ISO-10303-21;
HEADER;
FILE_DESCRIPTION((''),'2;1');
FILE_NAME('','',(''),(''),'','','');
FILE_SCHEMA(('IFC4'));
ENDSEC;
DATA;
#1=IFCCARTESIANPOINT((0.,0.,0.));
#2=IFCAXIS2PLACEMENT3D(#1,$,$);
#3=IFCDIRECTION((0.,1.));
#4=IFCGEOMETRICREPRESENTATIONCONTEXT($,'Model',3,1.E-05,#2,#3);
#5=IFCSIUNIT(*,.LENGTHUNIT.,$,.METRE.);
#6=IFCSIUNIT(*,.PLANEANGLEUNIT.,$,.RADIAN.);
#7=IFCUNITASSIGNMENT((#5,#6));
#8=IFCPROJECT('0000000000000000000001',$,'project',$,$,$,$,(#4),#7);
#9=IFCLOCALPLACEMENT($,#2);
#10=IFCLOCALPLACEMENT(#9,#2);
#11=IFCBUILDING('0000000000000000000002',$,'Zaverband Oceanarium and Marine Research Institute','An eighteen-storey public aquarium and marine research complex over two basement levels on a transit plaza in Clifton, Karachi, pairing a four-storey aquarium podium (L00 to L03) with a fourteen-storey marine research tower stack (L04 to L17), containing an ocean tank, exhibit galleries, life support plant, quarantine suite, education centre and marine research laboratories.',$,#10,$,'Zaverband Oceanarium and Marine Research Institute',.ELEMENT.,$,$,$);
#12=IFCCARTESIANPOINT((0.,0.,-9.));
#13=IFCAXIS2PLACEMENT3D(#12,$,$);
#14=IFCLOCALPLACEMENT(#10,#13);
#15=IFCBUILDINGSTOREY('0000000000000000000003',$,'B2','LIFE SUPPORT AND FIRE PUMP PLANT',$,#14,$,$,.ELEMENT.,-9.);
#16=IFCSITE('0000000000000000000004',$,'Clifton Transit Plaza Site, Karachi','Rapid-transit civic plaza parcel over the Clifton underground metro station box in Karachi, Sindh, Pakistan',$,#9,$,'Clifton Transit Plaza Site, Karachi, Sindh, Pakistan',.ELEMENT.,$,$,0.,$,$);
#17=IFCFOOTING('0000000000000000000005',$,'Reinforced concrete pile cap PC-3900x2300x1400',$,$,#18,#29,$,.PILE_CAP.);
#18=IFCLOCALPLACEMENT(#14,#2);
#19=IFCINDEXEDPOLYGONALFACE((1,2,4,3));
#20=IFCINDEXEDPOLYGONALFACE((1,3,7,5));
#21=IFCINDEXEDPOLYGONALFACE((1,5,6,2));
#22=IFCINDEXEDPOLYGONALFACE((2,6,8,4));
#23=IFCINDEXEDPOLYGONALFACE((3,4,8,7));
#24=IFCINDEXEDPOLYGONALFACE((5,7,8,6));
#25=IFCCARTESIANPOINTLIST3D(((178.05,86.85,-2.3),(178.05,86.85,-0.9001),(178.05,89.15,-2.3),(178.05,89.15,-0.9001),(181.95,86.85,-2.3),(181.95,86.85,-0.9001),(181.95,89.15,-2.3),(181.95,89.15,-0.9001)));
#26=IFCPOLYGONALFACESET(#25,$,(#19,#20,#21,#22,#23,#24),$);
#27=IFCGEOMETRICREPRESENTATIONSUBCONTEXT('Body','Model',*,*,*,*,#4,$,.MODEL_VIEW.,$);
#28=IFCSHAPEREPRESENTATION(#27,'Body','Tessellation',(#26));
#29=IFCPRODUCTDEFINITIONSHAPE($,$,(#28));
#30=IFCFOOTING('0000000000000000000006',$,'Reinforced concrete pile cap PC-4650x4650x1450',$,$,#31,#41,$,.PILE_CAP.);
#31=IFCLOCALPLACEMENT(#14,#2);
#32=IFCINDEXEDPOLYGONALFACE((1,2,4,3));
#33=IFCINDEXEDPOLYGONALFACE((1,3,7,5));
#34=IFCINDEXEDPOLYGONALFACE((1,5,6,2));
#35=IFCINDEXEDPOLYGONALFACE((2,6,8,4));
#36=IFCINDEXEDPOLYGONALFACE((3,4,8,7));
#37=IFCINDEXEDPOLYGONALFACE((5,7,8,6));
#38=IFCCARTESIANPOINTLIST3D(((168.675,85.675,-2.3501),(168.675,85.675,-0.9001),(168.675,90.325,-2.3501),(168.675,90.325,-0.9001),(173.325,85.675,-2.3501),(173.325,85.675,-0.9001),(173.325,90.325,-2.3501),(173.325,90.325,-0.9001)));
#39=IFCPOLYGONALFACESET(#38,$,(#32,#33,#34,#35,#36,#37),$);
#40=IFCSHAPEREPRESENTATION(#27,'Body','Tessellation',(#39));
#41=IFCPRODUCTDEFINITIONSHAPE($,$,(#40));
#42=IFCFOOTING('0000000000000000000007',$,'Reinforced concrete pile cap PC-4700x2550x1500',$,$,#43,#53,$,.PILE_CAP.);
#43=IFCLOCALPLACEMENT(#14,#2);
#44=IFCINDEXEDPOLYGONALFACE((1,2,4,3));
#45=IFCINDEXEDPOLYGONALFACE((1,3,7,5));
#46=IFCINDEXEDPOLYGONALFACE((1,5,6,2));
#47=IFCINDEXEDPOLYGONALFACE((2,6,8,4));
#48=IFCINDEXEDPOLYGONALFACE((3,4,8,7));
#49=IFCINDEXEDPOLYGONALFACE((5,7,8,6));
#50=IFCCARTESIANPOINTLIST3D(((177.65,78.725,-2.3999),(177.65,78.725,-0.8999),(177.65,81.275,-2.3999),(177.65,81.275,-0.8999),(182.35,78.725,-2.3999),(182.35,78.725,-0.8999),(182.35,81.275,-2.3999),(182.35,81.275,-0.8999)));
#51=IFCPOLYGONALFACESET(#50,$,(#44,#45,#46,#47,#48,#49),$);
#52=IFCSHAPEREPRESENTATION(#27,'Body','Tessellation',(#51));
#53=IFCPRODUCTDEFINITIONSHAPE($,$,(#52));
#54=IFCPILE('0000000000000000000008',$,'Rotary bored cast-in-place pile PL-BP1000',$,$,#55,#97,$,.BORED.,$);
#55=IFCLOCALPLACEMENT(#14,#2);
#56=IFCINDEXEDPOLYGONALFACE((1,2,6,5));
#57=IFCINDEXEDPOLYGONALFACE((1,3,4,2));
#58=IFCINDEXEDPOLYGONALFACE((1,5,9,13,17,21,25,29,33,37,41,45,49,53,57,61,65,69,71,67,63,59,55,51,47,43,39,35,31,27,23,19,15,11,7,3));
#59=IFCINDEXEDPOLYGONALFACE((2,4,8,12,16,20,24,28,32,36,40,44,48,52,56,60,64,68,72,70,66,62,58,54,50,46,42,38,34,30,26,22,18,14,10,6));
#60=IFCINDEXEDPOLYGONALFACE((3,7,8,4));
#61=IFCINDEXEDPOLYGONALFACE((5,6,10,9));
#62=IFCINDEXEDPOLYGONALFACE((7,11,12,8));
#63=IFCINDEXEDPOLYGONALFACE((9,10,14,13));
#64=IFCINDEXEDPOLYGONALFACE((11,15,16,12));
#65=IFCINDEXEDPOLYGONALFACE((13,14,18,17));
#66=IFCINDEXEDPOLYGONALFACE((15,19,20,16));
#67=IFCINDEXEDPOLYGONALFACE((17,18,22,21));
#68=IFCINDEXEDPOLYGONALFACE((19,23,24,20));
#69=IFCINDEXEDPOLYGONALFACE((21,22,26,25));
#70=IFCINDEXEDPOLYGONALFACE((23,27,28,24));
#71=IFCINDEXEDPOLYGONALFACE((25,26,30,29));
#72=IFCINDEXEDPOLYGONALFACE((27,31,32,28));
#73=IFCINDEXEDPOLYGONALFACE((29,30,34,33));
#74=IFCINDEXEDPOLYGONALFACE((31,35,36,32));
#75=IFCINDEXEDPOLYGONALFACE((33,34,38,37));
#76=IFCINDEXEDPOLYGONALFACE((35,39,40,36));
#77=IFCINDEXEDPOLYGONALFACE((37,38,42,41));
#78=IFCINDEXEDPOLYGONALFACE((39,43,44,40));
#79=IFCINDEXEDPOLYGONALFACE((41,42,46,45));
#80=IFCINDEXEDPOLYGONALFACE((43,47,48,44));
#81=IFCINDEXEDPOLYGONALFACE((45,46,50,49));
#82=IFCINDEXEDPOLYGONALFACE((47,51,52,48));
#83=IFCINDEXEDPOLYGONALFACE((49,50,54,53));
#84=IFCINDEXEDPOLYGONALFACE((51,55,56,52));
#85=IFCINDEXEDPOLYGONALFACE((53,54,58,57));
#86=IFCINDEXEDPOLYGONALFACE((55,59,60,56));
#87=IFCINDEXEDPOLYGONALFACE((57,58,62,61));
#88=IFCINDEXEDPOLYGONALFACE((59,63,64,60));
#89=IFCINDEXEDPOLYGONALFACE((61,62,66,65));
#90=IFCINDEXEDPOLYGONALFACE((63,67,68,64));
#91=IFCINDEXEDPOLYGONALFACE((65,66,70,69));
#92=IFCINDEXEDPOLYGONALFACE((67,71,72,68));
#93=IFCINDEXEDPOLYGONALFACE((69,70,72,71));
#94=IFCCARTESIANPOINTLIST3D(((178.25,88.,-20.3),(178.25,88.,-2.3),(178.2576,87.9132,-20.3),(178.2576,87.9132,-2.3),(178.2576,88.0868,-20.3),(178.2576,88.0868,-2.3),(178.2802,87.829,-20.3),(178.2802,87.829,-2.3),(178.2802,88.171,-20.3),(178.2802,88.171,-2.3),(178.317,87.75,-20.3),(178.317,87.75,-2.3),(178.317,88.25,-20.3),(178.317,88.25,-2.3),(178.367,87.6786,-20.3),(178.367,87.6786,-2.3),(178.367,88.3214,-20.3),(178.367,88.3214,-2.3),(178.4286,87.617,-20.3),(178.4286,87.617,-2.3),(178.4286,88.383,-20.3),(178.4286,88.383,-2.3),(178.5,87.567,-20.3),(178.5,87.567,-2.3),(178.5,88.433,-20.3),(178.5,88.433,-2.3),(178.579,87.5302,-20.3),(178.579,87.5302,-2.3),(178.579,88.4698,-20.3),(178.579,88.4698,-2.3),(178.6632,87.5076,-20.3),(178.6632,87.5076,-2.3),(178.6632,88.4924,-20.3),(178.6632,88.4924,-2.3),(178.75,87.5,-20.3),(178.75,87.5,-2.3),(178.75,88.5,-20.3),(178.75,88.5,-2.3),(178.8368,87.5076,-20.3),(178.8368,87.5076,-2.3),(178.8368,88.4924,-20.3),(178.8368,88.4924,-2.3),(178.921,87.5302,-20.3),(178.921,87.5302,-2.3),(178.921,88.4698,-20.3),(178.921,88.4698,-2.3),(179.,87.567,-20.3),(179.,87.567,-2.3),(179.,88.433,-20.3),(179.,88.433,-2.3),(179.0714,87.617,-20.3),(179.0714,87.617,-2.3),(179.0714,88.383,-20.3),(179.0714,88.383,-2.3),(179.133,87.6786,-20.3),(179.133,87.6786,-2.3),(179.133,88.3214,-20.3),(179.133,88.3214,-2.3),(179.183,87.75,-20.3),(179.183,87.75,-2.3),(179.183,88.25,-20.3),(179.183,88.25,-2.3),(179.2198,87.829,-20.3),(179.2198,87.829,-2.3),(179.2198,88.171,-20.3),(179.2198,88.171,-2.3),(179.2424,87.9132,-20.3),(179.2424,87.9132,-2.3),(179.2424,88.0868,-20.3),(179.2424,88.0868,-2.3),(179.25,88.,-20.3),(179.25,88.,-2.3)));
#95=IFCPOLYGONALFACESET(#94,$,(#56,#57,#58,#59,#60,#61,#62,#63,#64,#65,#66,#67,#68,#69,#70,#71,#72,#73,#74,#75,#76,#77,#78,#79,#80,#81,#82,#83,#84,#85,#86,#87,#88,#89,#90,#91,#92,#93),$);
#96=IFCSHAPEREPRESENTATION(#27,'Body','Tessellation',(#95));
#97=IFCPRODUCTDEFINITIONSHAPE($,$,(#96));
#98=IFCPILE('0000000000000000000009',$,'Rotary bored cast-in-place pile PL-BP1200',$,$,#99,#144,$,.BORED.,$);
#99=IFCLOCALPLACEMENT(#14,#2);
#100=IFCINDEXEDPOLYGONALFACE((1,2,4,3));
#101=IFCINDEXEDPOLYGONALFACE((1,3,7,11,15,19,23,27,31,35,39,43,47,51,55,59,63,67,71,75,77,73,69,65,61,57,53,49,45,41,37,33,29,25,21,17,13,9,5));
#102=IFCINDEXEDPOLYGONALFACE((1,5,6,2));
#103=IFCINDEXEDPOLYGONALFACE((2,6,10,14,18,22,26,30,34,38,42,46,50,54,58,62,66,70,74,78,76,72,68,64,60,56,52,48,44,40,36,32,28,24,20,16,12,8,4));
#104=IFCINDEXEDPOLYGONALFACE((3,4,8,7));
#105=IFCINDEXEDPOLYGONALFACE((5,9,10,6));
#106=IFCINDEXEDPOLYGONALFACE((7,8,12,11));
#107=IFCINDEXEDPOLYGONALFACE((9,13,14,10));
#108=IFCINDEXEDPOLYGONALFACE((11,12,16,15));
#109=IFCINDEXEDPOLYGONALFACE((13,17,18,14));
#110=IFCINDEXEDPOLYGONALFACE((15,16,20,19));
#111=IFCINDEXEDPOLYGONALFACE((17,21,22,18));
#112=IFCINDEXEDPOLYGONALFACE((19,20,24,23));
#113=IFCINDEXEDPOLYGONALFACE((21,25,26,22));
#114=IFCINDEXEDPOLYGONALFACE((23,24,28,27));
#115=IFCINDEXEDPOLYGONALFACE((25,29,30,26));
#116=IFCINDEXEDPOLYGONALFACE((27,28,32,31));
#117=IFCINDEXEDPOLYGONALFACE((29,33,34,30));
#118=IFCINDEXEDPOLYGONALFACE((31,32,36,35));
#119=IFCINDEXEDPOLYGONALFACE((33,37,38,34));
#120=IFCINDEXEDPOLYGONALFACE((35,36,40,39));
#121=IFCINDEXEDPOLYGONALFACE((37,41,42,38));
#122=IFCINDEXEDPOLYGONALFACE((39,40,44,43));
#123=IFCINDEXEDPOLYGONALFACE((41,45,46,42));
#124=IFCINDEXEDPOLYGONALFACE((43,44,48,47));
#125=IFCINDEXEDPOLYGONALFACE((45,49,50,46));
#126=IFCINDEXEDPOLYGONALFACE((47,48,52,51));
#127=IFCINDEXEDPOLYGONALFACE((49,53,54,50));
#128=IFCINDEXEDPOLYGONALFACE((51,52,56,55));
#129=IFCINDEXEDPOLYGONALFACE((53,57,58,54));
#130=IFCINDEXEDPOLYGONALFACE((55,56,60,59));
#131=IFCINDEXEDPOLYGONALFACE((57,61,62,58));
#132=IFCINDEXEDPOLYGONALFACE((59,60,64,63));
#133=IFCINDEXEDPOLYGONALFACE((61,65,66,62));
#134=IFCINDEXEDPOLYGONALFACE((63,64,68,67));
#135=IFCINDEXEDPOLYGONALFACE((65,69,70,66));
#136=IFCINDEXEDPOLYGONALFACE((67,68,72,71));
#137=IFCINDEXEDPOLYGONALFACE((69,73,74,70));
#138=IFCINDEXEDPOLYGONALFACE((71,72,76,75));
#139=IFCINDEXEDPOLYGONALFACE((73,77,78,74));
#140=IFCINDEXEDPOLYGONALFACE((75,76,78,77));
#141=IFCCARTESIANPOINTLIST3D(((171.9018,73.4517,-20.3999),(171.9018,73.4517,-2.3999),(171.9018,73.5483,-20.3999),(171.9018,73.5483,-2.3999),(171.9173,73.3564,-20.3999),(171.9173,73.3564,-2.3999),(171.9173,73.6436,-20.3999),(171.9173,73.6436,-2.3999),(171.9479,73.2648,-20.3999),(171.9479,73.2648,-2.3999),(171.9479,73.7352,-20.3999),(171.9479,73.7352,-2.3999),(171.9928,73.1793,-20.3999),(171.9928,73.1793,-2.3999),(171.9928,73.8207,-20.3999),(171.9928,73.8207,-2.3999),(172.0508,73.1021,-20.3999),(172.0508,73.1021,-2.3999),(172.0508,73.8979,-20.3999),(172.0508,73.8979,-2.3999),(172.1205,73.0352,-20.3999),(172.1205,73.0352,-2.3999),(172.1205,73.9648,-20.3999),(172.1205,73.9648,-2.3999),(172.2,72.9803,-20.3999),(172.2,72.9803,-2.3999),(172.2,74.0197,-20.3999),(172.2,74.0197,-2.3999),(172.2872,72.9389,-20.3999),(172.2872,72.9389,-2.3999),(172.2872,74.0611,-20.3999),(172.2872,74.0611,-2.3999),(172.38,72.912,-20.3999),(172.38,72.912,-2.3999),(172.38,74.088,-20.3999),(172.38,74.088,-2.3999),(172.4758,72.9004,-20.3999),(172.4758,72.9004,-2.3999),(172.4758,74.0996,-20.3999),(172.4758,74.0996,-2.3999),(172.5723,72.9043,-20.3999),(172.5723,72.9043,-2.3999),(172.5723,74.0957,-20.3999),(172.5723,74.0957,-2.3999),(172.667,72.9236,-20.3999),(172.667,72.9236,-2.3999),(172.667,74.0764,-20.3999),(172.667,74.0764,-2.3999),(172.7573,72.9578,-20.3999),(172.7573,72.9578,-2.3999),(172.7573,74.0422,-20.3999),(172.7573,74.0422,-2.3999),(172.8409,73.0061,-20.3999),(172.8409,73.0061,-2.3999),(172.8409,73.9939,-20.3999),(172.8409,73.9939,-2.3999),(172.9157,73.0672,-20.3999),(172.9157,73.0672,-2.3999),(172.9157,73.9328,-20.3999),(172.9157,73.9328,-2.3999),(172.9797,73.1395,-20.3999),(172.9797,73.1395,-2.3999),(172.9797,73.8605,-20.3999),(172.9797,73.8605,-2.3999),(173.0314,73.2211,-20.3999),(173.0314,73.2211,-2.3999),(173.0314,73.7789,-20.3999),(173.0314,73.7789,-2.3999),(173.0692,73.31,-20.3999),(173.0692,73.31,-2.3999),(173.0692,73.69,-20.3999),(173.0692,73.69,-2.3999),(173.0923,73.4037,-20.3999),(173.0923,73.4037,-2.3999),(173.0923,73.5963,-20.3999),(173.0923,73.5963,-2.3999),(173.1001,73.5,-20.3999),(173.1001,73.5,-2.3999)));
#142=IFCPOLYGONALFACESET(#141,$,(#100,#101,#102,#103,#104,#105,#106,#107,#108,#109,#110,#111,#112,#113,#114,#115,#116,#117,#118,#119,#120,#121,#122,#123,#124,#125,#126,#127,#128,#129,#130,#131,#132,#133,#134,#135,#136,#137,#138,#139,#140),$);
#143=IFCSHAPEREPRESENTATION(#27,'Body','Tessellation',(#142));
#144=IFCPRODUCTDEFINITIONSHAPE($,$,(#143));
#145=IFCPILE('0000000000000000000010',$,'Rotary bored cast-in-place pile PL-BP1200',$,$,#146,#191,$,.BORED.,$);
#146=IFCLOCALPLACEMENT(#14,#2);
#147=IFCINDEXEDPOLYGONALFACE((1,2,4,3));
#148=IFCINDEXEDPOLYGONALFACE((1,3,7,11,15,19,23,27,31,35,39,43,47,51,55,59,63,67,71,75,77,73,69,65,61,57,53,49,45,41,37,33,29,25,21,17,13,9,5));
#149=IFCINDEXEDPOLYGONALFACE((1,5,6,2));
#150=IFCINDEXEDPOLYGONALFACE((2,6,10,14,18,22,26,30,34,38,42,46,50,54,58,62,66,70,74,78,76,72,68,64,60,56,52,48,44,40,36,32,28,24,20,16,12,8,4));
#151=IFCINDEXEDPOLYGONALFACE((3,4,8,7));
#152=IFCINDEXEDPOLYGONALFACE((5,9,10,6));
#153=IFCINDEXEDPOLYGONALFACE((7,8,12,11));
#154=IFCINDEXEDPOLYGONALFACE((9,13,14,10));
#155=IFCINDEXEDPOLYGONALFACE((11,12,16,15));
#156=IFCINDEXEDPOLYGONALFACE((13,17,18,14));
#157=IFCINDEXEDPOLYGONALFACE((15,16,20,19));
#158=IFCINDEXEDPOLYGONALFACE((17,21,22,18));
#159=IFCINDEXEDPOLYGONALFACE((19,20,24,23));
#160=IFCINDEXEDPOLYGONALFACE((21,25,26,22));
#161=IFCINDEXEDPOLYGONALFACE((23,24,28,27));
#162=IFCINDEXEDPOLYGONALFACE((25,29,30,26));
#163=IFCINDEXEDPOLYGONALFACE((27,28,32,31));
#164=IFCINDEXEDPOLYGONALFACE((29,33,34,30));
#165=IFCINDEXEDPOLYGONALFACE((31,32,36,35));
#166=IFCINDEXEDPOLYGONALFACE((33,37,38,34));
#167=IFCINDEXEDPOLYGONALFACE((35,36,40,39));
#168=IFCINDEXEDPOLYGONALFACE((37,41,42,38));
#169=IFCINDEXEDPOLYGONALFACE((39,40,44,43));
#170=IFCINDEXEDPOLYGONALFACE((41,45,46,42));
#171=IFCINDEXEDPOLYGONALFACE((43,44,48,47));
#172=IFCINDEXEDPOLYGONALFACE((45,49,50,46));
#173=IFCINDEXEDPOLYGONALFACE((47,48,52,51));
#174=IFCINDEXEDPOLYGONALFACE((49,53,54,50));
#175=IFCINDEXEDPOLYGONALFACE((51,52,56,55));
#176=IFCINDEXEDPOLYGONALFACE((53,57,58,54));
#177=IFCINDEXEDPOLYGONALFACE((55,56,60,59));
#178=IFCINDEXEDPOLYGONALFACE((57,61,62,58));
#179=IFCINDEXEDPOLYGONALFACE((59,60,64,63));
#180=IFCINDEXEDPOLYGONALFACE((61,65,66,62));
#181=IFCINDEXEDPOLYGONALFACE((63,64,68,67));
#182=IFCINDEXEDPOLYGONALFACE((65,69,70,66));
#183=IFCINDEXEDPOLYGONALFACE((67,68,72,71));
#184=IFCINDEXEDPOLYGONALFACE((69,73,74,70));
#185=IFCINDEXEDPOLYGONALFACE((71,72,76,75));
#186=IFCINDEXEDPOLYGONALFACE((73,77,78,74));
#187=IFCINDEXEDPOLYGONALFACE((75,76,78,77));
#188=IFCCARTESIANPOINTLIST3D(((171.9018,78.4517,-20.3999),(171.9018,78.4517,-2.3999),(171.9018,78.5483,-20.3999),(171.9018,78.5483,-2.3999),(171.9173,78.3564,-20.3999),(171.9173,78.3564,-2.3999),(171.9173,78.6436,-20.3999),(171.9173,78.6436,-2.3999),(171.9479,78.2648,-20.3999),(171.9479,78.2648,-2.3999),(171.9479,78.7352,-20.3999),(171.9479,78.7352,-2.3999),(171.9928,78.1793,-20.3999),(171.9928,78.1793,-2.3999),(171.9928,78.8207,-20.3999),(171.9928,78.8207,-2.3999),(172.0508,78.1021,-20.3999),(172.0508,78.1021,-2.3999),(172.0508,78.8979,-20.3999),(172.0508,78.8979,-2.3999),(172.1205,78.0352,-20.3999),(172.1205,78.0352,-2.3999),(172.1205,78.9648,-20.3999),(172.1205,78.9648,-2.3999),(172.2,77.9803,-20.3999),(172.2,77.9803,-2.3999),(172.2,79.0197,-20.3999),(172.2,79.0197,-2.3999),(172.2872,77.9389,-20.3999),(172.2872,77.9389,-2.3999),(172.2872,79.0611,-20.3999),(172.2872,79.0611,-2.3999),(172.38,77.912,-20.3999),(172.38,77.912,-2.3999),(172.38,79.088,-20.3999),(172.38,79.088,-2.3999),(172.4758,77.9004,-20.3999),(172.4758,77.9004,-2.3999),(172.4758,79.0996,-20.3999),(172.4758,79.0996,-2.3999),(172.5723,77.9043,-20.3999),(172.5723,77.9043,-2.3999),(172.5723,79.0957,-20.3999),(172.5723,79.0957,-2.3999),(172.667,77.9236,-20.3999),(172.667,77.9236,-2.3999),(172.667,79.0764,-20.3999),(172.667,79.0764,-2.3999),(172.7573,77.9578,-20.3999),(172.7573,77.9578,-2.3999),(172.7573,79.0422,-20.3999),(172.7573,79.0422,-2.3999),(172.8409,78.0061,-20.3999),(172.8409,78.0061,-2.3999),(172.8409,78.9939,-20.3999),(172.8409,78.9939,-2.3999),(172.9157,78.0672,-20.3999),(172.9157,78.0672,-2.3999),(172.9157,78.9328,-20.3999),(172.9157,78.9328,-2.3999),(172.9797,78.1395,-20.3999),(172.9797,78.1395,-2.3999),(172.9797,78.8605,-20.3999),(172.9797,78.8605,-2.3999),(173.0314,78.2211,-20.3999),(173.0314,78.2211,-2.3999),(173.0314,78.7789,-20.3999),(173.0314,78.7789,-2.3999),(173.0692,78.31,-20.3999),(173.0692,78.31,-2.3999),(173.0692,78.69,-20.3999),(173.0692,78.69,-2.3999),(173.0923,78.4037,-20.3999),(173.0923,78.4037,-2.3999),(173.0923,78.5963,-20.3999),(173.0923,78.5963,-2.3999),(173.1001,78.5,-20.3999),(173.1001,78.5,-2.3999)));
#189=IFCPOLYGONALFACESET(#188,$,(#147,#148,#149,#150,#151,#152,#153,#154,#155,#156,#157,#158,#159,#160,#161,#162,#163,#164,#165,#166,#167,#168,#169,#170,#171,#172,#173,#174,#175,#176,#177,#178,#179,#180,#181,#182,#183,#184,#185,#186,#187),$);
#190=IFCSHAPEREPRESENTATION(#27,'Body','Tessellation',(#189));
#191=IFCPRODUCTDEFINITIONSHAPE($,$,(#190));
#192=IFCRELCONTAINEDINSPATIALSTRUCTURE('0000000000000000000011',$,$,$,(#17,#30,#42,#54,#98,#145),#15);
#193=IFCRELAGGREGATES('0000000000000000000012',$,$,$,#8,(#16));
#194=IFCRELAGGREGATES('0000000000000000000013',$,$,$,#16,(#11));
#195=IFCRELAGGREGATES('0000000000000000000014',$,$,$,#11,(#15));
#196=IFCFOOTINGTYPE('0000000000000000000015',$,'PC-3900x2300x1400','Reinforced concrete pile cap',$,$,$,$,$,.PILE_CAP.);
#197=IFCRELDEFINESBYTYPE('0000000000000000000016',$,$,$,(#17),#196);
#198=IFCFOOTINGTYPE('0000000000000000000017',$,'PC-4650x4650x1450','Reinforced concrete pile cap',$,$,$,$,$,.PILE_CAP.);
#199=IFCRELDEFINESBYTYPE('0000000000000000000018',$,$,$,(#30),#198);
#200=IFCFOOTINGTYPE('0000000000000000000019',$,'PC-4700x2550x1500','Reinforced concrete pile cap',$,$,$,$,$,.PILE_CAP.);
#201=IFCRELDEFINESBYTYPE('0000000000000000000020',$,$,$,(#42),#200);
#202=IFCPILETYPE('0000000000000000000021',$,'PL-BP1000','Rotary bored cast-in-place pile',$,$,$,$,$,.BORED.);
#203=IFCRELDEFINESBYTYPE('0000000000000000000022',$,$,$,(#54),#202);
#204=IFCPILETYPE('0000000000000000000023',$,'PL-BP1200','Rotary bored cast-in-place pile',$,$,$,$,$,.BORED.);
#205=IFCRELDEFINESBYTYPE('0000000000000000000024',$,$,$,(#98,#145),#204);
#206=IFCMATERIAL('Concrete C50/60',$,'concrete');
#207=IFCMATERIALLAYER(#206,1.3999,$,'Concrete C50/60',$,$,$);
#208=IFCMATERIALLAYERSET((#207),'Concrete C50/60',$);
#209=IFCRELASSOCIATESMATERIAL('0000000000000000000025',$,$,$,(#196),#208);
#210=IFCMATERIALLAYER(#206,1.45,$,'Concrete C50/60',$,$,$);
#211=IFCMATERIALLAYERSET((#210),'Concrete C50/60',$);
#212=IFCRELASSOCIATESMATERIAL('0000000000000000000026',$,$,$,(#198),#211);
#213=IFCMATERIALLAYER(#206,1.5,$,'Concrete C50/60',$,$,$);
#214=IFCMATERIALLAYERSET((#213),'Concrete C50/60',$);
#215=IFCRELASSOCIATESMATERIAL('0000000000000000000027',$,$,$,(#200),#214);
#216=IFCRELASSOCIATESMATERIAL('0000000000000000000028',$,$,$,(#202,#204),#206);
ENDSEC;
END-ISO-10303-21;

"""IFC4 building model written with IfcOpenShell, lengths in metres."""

from ifc_helpers import new_model, si_unit, direction, frame, origin, origin_2d, place, context, subcontext, project, spatial, rectangle, circle, extrude, material, layer, layer_set, material_profile, profile_set, type_object, element, save


model = new_model("IFC4")

# Units and contexts
model_context = context("Model", 3, precision=1e-05, world=origin(), true_north=direction((0.0, 1.0)))
body_context = subcontext(model_context, "Body", "Model", "MODEL_VIEW")
ifc_project = project(units=[si_unit("LENGTHUNIT", "METRE"), si_unit("PLANEANGLEUNIT", "RADIAN")], contexts=[model_context])

# Site, building, storey
site_placement = place(None, origin())
site = spatial("IfcSite", under=ifc_project, at=site_placement, Name="Clifton Transit Plaza Site, Karachi", Description="Rapid-transit civic plaza parcel over the Clifton underground metro station box in Karachi, Sindh, Pakistan", LongName="Clifton Transit Plaza Site, Karachi, Sindh, Pakistan", CompositionType="ELEMENT", RefElevation=0.0)
building_placement = place(site_placement, origin())
building = spatial("IfcBuilding", under=site, at=building_placement, Name="Zaverband Oceanarium and Marine Research Institute", Description="An eighteen-storey public aquarium and marine research complex over two basement levels on a transit plaza in Clifton, Karachi, pairing a four-storey aquarium podium (L00 to L03) with a fourteen-storey marine research tower stack (L04 to L17), containing an ocean tank, exhibit galleries, life support plant, quarantine suite, education centre and marine research laboratories.", LongName="Zaverband Oceanarium and Marine Research Institute", CompositionType="ELEMENT")
storey_placement = place(building_placement, frame((0.0, 0.0, -9.0)))
storey = spatial("IfcBuildingStorey", under=building, at=storey_placement, Name="B2", Description="LIFE SUPPORT AND FIRE PUMP PLANT", CompositionType="ELEMENT", Elevation=-9.0)

# Footings
ifc_material_1 = material(Name="Concrete C50/60", Category="concrete")
ifc_layer_1 = layer(ifc_material_1, 1.3999, Name="Concrete C50/60")
ifc_layer_set_1 = layer_set([ifc_layer_1], Name="Concrete C50/60")
footing_type_1 = type_object("IfcFootingType", Name="PC-3900x2300x1400", Description="Reinforced concrete pile cap", PredefinedType="PILE_CAP", material=ifc_layer_set_1)
footing_1_placement = place(storey_placement, frame((180.0, 88.0, -2.3), z_axis=(0.0, 0.0, 1.0), x_axis=(1.0, 0.0, 0.0)))
element("IfcFooting", 1, at=footing_1_placement, inside=storey, type_object=footing_type_1, Name="Reinforced concrete pile cap PC-3900x2300x1400", PredefinedType="PILE_CAP", context=body_context, shape_type="SweptSolid", body=[
    extrude(rectangle(XDim=3.8999, YDim=2.3, at=origin_2d()), origin(), (0.0, 0.0, 1.0), 1.3999),
])
ifc_layer_2 = layer(ifc_material_1, 1.45, Name="Concrete C50/60")
ifc_layer_set_2 = layer_set([ifc_layer_2], Name="Concrete C50/60")
footing_type_2 = type_object("IfcFootingType", Name="PC-4650x4650x1450", Description="Reinforced concrete pile cap", PredefinedType="PILE_CAP", material=ifc_layer_set_2)
footing_2_placement = place(storey_placement, frame((171.0, 88.0, -2.3501), z_axis=(0.0, 0.0, 1.0), x_axis=(1.0, 0.0, 0.0)))
element("IfcFooting", 2, at=footing_2_placement, inside=storey, type_object=footing_type_2, Name="Reinforced concrete pile cap PC-4650x4650x1450", PredefinedType="PILE_CAP", context=body_context, shape_type="SweptSolid", body=[
    extrude(rectangle(XDim=4.6499, YDim=4.6499, at=origin_2d()), origin(), (0.0, 0.0, 1.0), 1.45),
])
ifc_layer_3 = layer(ifc_material_1, 1.5, Name="Concrete C50/60")
ifc_layer_set_3 = layer_set([ifc_layer_3], Name="Concrete C50/60")
footing_type_3 = type_object("IfcFootingType", Name="PC-4700x2550x1500", Description="Reinforced concrete pile cap", PredefinedType="PILE_CAP", material=ifc_layer_set_3)
footing_3_placement = place(storey_placement, frame((180.0, 80.0, -2.3999), z_axis=(0.0, 0.0, 1.0), x_axis=(1.0, 0.0, 0.0)))
element("IfcFooting", 3, at=footing_3_placement, inside=storey, type_object=footing_type_3, Name="Reinforced concrete pile cap PC-4700x2550x1500", PredefinedType="PILE_CAP", context=body_context, shape_type="SweptSolid", body=[
    extrude(rectangle(XDim=4.7, YDim=2.55, at=origin_2d()), origin(), (0.0, 0.0, 1.0), 1.5),
])

# Piles
ifc_material_profile_1 = material_profile(ifc_material_1, circle(Radius=0.5, at=origin_2d()), Name="BP1000")
ifc_profile_set_1 = profile_set([ifc_material_profile_1], Name="Concrete C50/60")
pile_type_1 = type_object("IfcPileType", Name="PL-BP1000", Description="Rotary bored cast-in-place pile", PredefinedType="BORED", material=ifc_profile_set_1)
pile_placement = place(storey_placement, frame((178.75, 88.0, -2.3), z_axis=(0.0, 0.0, -1.0), x_axis=(1.0, 0.0, 0.0)))
element("IfcPile", 4, at=pile_placement, inside=storey, type_object=pile_type_1, Name="Rotary bored cast-in-place pile PL-BP1000", PredefinedType="BORED", context=body_context, shape_type="SweptSolid", body=[
    extrude(circle(Radius=0.5, at=origin_2d()), origin(), (0.0, 0.0, 1.0), 18.0),
])
ifc_material_profile_2 = material_profile(ifc_material_1, circle(Radius=0.6001, at=origin_2d()), Name="BP1200")
ifc_profile_set_2 = profile_set([ifc_material_profile_2], Name="Concrete C50/60")
pile_type_2 = type_object("IfcPileType", Name="PL-BP1200", Description="Rotary bored cast-in-place pile", PredefinedType="BORED", material=ifc_profile_set_2)
for number, where, z_axis, x_axis, name in (
    (5, (172.5, 73.5, -2.3999), (0.0, 0.0, -1.0), (1.0, 0.0, 0.0), "Rotary bored cast-in-place pile PL-BP1200"),
    (6, (172.5, 78.5, -2.3999), (0.0, 0.0, -1.0), (1.0, 0.0, 0.0), "Rotary bored cast-in-place pile PL-BP1200"),
):
    element("IfcPile", number, at=place(storey_placement, frame(where, z_axis=z_axis, x_axis=x_axis)), inside=storey, type_object=pile_type_2, Name=name, PredefinedType="BORED", context=body_context, shape_type="SweptSolid", body=[
        extrude(circle(Radius=0.6001, at=origin_2d()), origin(), (0.0, 0.0, 1.0), 18.0),
    ])

save(model, "model.ifc")
